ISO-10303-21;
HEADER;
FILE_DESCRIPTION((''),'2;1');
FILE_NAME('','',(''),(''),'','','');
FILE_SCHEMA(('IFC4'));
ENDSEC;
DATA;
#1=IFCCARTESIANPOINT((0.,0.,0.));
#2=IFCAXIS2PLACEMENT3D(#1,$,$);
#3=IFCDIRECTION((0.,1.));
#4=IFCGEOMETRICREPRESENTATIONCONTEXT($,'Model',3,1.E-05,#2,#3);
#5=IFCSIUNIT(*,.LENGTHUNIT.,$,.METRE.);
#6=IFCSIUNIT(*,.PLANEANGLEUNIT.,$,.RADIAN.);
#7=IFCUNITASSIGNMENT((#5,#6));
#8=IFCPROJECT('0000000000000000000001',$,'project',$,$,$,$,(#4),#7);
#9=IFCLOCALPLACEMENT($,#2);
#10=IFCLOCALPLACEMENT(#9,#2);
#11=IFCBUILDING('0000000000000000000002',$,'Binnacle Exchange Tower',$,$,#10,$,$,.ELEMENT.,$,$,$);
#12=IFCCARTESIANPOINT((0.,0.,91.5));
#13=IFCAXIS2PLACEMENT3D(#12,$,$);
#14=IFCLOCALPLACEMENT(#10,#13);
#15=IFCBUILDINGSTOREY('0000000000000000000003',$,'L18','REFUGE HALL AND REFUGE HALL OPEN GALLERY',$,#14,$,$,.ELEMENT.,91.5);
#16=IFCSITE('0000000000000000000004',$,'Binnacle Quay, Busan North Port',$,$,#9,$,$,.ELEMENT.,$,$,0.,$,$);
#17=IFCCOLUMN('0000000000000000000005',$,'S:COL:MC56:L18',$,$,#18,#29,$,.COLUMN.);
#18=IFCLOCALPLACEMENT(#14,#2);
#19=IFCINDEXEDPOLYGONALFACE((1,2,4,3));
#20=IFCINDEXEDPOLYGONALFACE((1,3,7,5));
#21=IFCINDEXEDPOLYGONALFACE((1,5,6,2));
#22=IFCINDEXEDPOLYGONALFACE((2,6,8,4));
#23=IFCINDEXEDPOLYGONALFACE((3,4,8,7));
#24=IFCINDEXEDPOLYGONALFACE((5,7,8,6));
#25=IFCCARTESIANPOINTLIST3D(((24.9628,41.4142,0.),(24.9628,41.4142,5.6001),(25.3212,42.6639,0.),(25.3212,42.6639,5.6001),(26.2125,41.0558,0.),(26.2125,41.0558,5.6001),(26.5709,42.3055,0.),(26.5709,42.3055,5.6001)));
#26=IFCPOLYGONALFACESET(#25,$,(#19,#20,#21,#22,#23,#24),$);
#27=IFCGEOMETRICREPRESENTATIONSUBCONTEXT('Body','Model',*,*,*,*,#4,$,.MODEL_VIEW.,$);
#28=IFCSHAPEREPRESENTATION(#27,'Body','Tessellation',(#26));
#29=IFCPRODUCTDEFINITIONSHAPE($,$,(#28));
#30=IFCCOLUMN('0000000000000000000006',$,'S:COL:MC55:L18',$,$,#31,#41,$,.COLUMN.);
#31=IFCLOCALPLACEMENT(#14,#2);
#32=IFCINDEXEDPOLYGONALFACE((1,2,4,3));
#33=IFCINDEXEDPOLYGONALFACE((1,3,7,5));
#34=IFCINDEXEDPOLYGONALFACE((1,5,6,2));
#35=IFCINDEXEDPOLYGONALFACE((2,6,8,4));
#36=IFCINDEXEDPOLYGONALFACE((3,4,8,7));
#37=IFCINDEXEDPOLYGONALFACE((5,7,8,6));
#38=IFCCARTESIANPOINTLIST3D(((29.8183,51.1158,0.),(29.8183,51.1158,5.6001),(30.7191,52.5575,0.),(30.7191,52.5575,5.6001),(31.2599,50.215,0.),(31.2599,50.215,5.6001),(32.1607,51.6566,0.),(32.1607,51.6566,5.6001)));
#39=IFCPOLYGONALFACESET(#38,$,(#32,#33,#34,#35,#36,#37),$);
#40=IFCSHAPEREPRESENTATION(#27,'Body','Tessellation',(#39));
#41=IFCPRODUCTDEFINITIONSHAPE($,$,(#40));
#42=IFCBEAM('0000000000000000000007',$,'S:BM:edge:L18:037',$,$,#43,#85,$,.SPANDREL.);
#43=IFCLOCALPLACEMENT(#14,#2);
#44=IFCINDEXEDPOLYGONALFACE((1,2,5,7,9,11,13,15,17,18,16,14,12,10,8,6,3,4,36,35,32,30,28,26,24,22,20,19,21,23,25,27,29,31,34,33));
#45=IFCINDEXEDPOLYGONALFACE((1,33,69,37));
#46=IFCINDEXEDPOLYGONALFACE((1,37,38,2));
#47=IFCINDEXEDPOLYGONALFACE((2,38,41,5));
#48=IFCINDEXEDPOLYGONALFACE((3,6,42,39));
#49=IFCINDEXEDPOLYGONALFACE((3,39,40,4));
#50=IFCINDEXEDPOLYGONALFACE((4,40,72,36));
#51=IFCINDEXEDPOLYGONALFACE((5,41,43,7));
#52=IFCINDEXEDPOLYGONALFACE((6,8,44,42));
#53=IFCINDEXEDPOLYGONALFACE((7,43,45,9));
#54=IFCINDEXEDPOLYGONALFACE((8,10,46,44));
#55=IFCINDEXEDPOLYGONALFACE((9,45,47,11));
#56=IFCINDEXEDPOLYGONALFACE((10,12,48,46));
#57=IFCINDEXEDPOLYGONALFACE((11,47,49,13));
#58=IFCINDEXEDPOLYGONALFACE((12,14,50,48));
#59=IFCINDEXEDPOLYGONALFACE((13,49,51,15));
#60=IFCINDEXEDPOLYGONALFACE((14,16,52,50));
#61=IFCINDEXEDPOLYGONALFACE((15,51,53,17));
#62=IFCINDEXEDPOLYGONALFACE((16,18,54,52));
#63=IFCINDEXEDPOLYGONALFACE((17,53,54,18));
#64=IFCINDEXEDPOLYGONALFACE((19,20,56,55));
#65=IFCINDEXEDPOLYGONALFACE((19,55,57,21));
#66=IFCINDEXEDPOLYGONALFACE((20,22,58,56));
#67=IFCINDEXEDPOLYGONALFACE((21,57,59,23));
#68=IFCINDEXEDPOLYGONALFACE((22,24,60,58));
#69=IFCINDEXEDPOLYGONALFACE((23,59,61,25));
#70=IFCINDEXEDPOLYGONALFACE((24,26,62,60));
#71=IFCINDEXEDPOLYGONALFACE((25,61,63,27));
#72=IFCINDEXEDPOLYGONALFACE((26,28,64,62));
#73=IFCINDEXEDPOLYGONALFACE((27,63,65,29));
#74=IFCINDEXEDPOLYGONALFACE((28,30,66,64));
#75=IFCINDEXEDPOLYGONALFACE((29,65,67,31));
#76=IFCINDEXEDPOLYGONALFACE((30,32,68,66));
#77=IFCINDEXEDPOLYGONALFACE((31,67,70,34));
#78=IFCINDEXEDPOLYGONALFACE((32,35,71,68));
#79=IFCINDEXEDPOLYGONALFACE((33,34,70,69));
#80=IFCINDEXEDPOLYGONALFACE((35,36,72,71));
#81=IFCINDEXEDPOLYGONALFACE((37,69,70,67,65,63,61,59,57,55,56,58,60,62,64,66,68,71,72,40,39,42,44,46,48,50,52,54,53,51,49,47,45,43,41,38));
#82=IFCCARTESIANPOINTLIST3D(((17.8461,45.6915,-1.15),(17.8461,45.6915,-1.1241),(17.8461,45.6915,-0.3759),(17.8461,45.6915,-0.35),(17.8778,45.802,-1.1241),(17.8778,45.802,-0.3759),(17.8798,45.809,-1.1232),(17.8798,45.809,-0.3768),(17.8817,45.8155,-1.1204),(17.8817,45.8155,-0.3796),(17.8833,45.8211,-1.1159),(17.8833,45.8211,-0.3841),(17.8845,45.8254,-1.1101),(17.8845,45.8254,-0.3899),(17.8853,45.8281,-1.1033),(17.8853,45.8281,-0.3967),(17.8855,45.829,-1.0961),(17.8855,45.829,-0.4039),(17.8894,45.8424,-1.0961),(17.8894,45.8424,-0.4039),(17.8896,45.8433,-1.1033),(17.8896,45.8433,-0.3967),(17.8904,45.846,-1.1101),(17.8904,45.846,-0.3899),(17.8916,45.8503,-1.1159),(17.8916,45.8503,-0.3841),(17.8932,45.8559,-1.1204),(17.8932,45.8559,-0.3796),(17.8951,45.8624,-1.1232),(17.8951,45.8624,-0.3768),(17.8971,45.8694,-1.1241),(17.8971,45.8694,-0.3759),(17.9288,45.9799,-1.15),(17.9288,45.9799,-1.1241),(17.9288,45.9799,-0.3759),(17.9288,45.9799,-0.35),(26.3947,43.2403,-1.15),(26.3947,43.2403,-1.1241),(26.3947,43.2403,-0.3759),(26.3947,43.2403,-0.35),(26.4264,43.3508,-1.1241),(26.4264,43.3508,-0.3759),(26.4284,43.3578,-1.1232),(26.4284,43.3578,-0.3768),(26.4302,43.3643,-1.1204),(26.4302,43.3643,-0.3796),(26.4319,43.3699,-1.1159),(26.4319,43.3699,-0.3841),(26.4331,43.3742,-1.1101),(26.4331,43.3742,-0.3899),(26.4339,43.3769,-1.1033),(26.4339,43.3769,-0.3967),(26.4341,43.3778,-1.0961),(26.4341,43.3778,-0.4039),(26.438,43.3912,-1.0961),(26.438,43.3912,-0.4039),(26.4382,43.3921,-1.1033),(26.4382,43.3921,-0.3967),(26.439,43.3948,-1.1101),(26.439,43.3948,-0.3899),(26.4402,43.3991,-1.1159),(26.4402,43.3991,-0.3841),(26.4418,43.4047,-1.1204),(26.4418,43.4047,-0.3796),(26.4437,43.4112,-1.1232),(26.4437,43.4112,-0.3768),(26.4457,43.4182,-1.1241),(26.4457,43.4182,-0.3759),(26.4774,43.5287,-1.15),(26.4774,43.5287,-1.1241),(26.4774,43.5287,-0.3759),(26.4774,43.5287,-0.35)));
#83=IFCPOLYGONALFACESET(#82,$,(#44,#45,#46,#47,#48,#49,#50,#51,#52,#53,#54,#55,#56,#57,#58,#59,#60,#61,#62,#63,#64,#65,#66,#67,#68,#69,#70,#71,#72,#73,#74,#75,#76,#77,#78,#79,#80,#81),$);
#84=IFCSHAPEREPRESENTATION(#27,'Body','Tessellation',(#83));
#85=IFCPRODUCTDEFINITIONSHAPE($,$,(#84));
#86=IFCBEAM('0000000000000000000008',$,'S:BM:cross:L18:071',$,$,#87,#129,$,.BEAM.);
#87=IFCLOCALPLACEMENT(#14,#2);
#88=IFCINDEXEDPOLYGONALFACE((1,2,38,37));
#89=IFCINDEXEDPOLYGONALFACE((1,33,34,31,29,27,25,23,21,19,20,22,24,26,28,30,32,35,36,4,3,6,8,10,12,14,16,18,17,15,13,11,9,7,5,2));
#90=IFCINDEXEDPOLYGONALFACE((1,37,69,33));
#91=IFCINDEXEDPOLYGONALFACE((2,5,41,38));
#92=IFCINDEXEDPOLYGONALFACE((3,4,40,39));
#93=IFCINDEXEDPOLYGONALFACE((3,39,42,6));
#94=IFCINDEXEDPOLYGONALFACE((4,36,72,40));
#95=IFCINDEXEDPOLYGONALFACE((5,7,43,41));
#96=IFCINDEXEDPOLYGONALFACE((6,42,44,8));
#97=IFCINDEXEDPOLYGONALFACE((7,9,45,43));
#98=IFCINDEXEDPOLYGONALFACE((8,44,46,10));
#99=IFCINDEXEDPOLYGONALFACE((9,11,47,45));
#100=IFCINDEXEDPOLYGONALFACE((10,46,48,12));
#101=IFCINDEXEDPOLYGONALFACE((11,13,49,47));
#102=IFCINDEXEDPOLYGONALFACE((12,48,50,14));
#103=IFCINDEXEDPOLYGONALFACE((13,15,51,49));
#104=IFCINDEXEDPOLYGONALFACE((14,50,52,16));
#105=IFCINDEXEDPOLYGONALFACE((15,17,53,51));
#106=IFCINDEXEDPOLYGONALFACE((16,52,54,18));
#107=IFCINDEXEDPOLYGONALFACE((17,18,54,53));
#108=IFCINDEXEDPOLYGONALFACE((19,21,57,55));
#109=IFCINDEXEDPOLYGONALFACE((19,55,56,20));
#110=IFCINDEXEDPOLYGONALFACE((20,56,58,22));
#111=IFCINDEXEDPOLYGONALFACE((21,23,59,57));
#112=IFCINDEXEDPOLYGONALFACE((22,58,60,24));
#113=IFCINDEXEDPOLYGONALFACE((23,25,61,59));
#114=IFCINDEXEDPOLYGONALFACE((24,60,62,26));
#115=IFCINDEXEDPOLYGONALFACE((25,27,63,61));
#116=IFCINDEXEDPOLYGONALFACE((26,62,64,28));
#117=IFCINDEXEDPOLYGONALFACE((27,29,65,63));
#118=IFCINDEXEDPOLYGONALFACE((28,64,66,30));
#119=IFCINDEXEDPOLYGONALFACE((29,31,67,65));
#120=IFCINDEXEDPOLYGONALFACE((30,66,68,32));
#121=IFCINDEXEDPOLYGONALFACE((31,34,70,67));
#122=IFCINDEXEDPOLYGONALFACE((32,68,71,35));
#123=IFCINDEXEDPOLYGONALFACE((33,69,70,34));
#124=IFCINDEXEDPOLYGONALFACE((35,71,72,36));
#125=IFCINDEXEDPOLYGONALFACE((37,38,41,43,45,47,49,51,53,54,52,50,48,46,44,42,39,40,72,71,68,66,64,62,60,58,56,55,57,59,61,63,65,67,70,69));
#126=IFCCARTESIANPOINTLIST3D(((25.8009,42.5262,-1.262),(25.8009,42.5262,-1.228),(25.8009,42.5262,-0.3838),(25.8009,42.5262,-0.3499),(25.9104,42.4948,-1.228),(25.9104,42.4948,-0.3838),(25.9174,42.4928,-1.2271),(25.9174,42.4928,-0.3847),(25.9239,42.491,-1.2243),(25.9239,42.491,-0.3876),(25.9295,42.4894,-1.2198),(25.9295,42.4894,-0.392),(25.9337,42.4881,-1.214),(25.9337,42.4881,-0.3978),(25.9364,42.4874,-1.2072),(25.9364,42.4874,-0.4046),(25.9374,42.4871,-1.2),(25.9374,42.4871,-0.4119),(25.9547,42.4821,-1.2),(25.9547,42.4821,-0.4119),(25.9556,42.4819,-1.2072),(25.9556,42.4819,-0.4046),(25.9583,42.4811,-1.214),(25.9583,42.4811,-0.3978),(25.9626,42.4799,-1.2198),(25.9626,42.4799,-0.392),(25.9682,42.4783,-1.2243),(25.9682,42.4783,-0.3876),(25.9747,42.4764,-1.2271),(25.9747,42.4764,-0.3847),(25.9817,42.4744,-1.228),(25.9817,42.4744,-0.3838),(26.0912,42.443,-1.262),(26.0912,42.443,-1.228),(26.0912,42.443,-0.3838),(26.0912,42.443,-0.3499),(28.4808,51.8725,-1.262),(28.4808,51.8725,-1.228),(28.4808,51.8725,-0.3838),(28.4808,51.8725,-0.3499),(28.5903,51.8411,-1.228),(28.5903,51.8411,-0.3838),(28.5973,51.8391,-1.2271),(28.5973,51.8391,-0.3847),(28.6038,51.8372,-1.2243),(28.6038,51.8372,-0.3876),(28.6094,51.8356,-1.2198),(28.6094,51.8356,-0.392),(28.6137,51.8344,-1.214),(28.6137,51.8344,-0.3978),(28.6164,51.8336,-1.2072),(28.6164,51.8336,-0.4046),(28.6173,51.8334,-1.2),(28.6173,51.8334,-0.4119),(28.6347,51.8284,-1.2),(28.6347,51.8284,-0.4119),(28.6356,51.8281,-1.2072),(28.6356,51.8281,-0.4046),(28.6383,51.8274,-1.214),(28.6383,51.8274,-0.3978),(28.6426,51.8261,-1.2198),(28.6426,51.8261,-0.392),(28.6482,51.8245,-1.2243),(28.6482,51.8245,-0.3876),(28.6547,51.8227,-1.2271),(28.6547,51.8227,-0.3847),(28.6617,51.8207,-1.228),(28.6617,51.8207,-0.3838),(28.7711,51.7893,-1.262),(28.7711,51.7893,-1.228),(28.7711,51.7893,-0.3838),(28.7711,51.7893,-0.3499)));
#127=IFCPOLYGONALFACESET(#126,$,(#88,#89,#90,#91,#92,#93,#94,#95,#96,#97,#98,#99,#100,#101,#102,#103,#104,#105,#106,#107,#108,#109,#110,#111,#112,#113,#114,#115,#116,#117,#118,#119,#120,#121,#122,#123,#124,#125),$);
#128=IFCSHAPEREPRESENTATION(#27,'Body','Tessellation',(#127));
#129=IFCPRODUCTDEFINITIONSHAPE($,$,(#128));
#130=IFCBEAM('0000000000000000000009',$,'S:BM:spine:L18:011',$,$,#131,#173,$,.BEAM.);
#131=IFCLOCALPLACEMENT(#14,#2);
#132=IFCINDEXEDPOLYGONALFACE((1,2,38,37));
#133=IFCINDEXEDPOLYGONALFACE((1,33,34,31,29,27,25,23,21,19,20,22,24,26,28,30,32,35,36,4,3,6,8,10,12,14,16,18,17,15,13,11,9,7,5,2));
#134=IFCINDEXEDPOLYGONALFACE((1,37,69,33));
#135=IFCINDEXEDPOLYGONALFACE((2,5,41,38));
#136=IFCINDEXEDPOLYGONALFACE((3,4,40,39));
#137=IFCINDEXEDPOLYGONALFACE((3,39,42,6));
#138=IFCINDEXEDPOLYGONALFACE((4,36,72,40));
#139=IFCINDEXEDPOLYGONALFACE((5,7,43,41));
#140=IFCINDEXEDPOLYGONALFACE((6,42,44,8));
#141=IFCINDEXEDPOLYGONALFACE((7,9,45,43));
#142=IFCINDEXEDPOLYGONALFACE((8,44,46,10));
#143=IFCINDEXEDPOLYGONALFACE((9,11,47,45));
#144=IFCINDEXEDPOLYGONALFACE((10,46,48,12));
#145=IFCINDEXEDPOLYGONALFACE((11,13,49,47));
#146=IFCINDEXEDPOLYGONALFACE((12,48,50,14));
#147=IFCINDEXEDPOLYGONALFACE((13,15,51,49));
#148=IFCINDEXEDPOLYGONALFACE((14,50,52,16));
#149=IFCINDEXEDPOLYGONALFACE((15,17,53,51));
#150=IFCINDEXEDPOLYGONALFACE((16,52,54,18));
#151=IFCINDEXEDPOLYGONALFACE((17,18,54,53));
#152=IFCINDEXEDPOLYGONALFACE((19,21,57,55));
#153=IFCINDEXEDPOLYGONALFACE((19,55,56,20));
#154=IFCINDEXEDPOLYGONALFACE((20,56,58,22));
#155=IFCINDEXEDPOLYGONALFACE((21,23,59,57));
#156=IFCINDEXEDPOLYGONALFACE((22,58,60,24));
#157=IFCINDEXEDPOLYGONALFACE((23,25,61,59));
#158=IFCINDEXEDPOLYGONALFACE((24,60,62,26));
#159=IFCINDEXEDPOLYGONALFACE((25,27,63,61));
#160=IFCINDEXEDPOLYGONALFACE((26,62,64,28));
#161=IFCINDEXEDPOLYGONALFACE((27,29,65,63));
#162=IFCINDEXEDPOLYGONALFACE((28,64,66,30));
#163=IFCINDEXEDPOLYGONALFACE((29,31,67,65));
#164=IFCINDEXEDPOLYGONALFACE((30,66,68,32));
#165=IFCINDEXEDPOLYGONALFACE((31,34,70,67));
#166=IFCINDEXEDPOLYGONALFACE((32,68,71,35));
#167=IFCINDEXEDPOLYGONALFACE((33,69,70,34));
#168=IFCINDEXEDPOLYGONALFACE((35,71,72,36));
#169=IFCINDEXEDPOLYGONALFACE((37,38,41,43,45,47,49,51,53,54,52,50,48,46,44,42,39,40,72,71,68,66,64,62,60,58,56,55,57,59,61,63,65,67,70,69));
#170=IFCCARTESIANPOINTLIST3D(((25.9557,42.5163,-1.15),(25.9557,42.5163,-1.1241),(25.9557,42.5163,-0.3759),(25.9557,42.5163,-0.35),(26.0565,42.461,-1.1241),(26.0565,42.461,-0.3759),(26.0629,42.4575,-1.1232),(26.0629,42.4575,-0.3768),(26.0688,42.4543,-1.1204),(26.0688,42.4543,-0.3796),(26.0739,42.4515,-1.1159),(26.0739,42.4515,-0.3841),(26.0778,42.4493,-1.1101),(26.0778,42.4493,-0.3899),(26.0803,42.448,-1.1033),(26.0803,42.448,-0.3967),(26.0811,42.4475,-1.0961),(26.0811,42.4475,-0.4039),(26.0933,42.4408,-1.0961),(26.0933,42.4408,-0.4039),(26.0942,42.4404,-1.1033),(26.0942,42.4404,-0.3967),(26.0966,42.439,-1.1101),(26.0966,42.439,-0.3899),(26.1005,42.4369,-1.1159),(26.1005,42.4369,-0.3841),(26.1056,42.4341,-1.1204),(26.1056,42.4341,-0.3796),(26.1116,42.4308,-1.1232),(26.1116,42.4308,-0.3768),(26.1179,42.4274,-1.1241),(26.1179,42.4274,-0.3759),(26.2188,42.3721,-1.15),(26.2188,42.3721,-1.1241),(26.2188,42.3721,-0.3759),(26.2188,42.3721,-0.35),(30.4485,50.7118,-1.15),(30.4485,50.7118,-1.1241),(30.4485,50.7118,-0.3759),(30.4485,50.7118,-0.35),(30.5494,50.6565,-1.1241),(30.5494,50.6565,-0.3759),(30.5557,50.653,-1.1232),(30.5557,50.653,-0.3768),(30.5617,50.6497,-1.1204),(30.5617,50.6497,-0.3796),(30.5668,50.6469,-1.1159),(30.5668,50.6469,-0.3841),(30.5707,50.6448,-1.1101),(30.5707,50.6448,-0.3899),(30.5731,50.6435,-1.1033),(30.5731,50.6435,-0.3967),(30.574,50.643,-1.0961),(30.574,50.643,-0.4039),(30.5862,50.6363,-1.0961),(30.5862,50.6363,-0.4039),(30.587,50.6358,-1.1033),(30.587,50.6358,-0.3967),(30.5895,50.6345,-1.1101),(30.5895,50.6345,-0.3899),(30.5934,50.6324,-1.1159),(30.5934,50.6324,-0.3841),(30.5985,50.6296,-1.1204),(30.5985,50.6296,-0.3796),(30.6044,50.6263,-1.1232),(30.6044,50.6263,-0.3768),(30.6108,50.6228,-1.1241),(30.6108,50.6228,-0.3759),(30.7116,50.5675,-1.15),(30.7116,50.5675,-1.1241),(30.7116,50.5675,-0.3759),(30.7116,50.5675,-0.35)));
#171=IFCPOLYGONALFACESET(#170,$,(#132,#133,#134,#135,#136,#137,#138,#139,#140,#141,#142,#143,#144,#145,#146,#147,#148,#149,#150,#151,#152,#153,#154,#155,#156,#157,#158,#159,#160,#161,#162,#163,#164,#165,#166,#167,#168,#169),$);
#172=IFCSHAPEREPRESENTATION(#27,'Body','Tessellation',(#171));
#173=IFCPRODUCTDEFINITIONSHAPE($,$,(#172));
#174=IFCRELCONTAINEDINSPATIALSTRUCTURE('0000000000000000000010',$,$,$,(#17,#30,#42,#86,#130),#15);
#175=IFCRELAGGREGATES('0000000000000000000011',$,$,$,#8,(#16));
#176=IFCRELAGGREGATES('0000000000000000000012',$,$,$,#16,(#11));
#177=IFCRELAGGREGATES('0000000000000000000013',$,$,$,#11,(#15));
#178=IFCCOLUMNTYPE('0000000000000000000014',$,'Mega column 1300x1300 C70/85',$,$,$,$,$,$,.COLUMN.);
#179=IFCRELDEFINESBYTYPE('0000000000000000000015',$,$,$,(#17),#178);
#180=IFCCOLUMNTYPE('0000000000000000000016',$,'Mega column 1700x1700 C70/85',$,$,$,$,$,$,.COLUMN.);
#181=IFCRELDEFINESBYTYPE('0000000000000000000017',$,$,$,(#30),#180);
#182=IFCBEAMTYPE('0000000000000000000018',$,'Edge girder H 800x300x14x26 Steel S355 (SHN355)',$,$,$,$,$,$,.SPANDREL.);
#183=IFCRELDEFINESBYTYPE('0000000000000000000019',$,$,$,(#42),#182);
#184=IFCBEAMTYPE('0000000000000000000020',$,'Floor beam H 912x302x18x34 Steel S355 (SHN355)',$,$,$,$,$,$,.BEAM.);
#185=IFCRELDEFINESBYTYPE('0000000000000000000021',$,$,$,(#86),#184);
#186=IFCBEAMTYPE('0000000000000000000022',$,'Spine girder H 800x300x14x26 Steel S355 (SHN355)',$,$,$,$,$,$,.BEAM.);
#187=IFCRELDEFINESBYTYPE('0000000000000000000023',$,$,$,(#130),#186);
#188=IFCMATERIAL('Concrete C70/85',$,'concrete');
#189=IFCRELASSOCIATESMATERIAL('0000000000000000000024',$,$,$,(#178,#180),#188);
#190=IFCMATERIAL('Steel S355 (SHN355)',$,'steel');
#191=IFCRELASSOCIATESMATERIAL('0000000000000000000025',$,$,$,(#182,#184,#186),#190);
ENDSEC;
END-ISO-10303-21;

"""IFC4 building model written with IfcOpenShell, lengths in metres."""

from ifc_helpers import new_model, si_unit, direction, frame, origin, origin_2d, place, context, subcontext, project, spatial, rectangle, i_section, extrude, material, material_profile, profile_set, type_object, element, save


model = new_model("IFC4")

# Units and contexts
model_context = context("Model", 3, precision=1e-05, world=origin(), true_north=direction((0.0, 1.0)))
body_context = subcontext(model_context, "Body", "Model", "MODEL_VIEW")
ifc_project = project(units=[si_unit("LENGTHUNIT", "METRE"), si_unit("PLANEANGLEUNIT", "RADIAN")], contexts=[model_context])

# Site, building, storey
site_placement = place(None, origin())
site = spatial("IfcSite", under=ifc_project, at=site_placement, Name="Binnacle Quay, Busan North Port", CompositionType="ELEMENT", RefElevation=0.0)
building_placement = place(site_placement, origin())
building = spatial("IfcBuilding", under=site, at=building_placement, Name="Binnacle Exchange Tower", CompositionType="ELEMENT")
storey_placement = place(building_placement, frame((0.0, 0.0, 91.5)))
storey = spatial("IfcBuildingStorey", under=building, at=storey_placement, Name="L18", Description="REFUGE HALL AND REFUGE HALL OPEN GALLERY", CompositionType="ELEMENT", Elevation=91.5)

# Columns
ifc_material_1 = material(Name="Concrete C70/85", Category="concrete")
ifc_material_profile_1 = material_profile(ifc_material_1, rectangle(XDim=1.3, YDim=1.3, at=origin_2d()), Name="Mega column 1300x1300 C70/85")
ifc_profile_set_1 = profile_set([ifc_material_profile_1], Name="Concrete C70/85")
column_type_1 = type_object("IfcColumnType", Name="Mega column 1300x1300 C70/85", PredefinedType="COLUMN", material=ifc_profile_set_1)
column_1_placement = place(storey_placement, frame((25.7668, 41.8599, 0.0), z_axis=(0.0, 0.0, 1.0), x_axis=(0.961262, -0.275637, 0.0)))
element("IfcColumn", 1, at=column_1_placement, inside=storey, type_object=column_type_1, Name="S:COL:MC56:L18", PredefinedType="COLUMN", context=body_context, shape_type="SweptSolid", body=[
    extrude(rectangle(XDim=1.3, YDim=1.3, at=origin_2d()), origin(), (0.0, 0.0, 1.0), 5.6001),
])
ifc_material_profile_2 = material_profile(ifc_material_1, rectangle(XDim=1.7, YDim=1.7, at=origin_2d()), Name="Mega column 1700x1700 C70/85")
ifc_profile_set_2 = profile_set([ifc_material_profile_2], Name="Concrete C70/85")
column_type_2 = type_object("IfcColumnType", Name="Mega column 1700x1700 C70/85", PredefinedType="COLUMN", material=ifc_profile_set_2)
column_2_placement = place(storey_placement, frame((30.9895, 51.3862, 0.0), z_axis=(0.0, 0.0, 1.0), x_axis=(0.529919, 0.848048, 0.0)))
element("IfcColumn", 2, at=column_2_placement, inside=storey, type_object=column_type_2, Name="S:COL:MC55:L18", PredefinedType="COLUMN", context=body_context, shape_type="SweptSolid", body=[
    extrude(rectangle(XDim=1.7, YDim=1.7, at=origin_2d()), origin(), (0.0, 0.0, 1.0), 5.6001),
])

# Beams
ifc_material_2 = material(Name="Steel S355 (SHN355)", Category="steel")
ifc_material_profile_3 = material_profile(ifc_material_2, i_section(OverallWidth=0.3, OverallDepth=0.8, WebThickness=0.0139, FlangeThickness=0.0259, FilletRadius=0.0281, at=origin_2d()), Name="H 800x300x14x26")
ifc_profile_set_3 = profile_set([ifc_material_profile_3], Name="Steel S355 (SHN355)")
beam_type_1 = type_object("IfcBeamType", Name="Edge girder H 800x300x14x26 Steel S355 (SHN355)", PredefinedType="SPANDREL", material=ifc_profile_set_3)
beam_1_placement = place(storey_placement, frame((26.436, 43.3845, -0.75), z_axis=(-0.961265, 0.275627, 0.0), x_axis=(-0.275627, -0.961265, 0.0)))
element("IfcBeam", 3, at=beam_1_placement, inside=storey, type_object=beam_type_1, Name="S:BM:edge:L18:037", PredefinedType="SPANDREL", context=body_context, shape_type="SweptSolid", body=[
    extrude(i_section(OverallWidth=0.3, OverallDepth=0.8, WebThickness=0.0139, FlangeThickness=0.0259, FilletRadius=0.0281, at=origin_2d()), origin(), (0.0, 0.0, 1.0), 8.8931),
])
ifc_material_profile_4 = material_profile(ifc_material_2, i_section(OverallWidth=0.302, OverallDepth=0.9121, WebThickness=0.0181, FlangeThickness=0.0339, FilletRadius=0.0281, at=origin_2d()), Name="H 912x302x18x34")
ifc_profile_set_4 = profile_set([ifc_material_profile_4], Name="Steel S355 (SHN355)")
beam_type_2 = type_object("IfcBeamType", Name="Floor beam H 912x302x18x34 Steel S355 (SHN355)", PredefinedType="BEAM", material=ifc_profile_set_4)
beam_2_placement = place(storey_placement, frame((25.946, 42.4846, -0.8059), z_axis=(0.275633, 0.961263, 0.0), x_axis=(-0.961263, 0.275633, 0.0)))
element("IfcBeam", 4, at=beam_2_placement, inside=storey, type_object=beam_type_2, Name="S:BM:cross:L18:071", PredefinedType="BEAM", context=body_context, shape_type="SweptSolid", body=[
    extrude(i_section(OverallWidth=0.302, OverallDepth=0.9121, WebThickness=0.0181, FlangeThickness=0.0339, FilletRadius=0.0281, at=origin_2d()), origin(), (0.0, 0.0, 1.0), 9.7229),
])
ifc_material_profile_5 = material_profile(ifc_material_2, i_section(OverallWidth=0.3, OverallDepth=0.8, WebThickness=0.0139, FlangeThickness=0.0259, FilletRadius=0.0281, at=origin_2d()), Name="H 800x300x14x26")
ifc_profile_set_5 = profile_set([ifc_material_profile_5], Name="Steel S355 (SHN355)")
beam_type_3 = type_object("IfcBeamType", Name="Spine girder H 800x300x14x26 Steel S355 (SHN355)", PredefinedType="BEAM", material=ifc_profile_set_5)
beam_3_placement = place(storey_placement, frame((30.5801, 50.6396, -0.75), z_axis=(-0.480716, -0.876876, 0.0), x_axis=(0.876876, -0.480716, 0.0)))
element("IfcBeam", 5, at=beam_3_placement, inside=storey, type_object=beam_type_3, Name="S:BM:spine:L18:011", PredefinedType="BEAM", context=body_context, shape_type="SweptSolid", body=[
    extrude(i_section(OverallWidth=0.3, OverallDepth=0.8, WebThickness=0.0139, FlangeThickness=0.0259, FilletRadius=0.0281, at=origin_2d()), origin(), (0.0, 0.0, 1.0), 9.3462),
])

save(model, "model.ifc")
